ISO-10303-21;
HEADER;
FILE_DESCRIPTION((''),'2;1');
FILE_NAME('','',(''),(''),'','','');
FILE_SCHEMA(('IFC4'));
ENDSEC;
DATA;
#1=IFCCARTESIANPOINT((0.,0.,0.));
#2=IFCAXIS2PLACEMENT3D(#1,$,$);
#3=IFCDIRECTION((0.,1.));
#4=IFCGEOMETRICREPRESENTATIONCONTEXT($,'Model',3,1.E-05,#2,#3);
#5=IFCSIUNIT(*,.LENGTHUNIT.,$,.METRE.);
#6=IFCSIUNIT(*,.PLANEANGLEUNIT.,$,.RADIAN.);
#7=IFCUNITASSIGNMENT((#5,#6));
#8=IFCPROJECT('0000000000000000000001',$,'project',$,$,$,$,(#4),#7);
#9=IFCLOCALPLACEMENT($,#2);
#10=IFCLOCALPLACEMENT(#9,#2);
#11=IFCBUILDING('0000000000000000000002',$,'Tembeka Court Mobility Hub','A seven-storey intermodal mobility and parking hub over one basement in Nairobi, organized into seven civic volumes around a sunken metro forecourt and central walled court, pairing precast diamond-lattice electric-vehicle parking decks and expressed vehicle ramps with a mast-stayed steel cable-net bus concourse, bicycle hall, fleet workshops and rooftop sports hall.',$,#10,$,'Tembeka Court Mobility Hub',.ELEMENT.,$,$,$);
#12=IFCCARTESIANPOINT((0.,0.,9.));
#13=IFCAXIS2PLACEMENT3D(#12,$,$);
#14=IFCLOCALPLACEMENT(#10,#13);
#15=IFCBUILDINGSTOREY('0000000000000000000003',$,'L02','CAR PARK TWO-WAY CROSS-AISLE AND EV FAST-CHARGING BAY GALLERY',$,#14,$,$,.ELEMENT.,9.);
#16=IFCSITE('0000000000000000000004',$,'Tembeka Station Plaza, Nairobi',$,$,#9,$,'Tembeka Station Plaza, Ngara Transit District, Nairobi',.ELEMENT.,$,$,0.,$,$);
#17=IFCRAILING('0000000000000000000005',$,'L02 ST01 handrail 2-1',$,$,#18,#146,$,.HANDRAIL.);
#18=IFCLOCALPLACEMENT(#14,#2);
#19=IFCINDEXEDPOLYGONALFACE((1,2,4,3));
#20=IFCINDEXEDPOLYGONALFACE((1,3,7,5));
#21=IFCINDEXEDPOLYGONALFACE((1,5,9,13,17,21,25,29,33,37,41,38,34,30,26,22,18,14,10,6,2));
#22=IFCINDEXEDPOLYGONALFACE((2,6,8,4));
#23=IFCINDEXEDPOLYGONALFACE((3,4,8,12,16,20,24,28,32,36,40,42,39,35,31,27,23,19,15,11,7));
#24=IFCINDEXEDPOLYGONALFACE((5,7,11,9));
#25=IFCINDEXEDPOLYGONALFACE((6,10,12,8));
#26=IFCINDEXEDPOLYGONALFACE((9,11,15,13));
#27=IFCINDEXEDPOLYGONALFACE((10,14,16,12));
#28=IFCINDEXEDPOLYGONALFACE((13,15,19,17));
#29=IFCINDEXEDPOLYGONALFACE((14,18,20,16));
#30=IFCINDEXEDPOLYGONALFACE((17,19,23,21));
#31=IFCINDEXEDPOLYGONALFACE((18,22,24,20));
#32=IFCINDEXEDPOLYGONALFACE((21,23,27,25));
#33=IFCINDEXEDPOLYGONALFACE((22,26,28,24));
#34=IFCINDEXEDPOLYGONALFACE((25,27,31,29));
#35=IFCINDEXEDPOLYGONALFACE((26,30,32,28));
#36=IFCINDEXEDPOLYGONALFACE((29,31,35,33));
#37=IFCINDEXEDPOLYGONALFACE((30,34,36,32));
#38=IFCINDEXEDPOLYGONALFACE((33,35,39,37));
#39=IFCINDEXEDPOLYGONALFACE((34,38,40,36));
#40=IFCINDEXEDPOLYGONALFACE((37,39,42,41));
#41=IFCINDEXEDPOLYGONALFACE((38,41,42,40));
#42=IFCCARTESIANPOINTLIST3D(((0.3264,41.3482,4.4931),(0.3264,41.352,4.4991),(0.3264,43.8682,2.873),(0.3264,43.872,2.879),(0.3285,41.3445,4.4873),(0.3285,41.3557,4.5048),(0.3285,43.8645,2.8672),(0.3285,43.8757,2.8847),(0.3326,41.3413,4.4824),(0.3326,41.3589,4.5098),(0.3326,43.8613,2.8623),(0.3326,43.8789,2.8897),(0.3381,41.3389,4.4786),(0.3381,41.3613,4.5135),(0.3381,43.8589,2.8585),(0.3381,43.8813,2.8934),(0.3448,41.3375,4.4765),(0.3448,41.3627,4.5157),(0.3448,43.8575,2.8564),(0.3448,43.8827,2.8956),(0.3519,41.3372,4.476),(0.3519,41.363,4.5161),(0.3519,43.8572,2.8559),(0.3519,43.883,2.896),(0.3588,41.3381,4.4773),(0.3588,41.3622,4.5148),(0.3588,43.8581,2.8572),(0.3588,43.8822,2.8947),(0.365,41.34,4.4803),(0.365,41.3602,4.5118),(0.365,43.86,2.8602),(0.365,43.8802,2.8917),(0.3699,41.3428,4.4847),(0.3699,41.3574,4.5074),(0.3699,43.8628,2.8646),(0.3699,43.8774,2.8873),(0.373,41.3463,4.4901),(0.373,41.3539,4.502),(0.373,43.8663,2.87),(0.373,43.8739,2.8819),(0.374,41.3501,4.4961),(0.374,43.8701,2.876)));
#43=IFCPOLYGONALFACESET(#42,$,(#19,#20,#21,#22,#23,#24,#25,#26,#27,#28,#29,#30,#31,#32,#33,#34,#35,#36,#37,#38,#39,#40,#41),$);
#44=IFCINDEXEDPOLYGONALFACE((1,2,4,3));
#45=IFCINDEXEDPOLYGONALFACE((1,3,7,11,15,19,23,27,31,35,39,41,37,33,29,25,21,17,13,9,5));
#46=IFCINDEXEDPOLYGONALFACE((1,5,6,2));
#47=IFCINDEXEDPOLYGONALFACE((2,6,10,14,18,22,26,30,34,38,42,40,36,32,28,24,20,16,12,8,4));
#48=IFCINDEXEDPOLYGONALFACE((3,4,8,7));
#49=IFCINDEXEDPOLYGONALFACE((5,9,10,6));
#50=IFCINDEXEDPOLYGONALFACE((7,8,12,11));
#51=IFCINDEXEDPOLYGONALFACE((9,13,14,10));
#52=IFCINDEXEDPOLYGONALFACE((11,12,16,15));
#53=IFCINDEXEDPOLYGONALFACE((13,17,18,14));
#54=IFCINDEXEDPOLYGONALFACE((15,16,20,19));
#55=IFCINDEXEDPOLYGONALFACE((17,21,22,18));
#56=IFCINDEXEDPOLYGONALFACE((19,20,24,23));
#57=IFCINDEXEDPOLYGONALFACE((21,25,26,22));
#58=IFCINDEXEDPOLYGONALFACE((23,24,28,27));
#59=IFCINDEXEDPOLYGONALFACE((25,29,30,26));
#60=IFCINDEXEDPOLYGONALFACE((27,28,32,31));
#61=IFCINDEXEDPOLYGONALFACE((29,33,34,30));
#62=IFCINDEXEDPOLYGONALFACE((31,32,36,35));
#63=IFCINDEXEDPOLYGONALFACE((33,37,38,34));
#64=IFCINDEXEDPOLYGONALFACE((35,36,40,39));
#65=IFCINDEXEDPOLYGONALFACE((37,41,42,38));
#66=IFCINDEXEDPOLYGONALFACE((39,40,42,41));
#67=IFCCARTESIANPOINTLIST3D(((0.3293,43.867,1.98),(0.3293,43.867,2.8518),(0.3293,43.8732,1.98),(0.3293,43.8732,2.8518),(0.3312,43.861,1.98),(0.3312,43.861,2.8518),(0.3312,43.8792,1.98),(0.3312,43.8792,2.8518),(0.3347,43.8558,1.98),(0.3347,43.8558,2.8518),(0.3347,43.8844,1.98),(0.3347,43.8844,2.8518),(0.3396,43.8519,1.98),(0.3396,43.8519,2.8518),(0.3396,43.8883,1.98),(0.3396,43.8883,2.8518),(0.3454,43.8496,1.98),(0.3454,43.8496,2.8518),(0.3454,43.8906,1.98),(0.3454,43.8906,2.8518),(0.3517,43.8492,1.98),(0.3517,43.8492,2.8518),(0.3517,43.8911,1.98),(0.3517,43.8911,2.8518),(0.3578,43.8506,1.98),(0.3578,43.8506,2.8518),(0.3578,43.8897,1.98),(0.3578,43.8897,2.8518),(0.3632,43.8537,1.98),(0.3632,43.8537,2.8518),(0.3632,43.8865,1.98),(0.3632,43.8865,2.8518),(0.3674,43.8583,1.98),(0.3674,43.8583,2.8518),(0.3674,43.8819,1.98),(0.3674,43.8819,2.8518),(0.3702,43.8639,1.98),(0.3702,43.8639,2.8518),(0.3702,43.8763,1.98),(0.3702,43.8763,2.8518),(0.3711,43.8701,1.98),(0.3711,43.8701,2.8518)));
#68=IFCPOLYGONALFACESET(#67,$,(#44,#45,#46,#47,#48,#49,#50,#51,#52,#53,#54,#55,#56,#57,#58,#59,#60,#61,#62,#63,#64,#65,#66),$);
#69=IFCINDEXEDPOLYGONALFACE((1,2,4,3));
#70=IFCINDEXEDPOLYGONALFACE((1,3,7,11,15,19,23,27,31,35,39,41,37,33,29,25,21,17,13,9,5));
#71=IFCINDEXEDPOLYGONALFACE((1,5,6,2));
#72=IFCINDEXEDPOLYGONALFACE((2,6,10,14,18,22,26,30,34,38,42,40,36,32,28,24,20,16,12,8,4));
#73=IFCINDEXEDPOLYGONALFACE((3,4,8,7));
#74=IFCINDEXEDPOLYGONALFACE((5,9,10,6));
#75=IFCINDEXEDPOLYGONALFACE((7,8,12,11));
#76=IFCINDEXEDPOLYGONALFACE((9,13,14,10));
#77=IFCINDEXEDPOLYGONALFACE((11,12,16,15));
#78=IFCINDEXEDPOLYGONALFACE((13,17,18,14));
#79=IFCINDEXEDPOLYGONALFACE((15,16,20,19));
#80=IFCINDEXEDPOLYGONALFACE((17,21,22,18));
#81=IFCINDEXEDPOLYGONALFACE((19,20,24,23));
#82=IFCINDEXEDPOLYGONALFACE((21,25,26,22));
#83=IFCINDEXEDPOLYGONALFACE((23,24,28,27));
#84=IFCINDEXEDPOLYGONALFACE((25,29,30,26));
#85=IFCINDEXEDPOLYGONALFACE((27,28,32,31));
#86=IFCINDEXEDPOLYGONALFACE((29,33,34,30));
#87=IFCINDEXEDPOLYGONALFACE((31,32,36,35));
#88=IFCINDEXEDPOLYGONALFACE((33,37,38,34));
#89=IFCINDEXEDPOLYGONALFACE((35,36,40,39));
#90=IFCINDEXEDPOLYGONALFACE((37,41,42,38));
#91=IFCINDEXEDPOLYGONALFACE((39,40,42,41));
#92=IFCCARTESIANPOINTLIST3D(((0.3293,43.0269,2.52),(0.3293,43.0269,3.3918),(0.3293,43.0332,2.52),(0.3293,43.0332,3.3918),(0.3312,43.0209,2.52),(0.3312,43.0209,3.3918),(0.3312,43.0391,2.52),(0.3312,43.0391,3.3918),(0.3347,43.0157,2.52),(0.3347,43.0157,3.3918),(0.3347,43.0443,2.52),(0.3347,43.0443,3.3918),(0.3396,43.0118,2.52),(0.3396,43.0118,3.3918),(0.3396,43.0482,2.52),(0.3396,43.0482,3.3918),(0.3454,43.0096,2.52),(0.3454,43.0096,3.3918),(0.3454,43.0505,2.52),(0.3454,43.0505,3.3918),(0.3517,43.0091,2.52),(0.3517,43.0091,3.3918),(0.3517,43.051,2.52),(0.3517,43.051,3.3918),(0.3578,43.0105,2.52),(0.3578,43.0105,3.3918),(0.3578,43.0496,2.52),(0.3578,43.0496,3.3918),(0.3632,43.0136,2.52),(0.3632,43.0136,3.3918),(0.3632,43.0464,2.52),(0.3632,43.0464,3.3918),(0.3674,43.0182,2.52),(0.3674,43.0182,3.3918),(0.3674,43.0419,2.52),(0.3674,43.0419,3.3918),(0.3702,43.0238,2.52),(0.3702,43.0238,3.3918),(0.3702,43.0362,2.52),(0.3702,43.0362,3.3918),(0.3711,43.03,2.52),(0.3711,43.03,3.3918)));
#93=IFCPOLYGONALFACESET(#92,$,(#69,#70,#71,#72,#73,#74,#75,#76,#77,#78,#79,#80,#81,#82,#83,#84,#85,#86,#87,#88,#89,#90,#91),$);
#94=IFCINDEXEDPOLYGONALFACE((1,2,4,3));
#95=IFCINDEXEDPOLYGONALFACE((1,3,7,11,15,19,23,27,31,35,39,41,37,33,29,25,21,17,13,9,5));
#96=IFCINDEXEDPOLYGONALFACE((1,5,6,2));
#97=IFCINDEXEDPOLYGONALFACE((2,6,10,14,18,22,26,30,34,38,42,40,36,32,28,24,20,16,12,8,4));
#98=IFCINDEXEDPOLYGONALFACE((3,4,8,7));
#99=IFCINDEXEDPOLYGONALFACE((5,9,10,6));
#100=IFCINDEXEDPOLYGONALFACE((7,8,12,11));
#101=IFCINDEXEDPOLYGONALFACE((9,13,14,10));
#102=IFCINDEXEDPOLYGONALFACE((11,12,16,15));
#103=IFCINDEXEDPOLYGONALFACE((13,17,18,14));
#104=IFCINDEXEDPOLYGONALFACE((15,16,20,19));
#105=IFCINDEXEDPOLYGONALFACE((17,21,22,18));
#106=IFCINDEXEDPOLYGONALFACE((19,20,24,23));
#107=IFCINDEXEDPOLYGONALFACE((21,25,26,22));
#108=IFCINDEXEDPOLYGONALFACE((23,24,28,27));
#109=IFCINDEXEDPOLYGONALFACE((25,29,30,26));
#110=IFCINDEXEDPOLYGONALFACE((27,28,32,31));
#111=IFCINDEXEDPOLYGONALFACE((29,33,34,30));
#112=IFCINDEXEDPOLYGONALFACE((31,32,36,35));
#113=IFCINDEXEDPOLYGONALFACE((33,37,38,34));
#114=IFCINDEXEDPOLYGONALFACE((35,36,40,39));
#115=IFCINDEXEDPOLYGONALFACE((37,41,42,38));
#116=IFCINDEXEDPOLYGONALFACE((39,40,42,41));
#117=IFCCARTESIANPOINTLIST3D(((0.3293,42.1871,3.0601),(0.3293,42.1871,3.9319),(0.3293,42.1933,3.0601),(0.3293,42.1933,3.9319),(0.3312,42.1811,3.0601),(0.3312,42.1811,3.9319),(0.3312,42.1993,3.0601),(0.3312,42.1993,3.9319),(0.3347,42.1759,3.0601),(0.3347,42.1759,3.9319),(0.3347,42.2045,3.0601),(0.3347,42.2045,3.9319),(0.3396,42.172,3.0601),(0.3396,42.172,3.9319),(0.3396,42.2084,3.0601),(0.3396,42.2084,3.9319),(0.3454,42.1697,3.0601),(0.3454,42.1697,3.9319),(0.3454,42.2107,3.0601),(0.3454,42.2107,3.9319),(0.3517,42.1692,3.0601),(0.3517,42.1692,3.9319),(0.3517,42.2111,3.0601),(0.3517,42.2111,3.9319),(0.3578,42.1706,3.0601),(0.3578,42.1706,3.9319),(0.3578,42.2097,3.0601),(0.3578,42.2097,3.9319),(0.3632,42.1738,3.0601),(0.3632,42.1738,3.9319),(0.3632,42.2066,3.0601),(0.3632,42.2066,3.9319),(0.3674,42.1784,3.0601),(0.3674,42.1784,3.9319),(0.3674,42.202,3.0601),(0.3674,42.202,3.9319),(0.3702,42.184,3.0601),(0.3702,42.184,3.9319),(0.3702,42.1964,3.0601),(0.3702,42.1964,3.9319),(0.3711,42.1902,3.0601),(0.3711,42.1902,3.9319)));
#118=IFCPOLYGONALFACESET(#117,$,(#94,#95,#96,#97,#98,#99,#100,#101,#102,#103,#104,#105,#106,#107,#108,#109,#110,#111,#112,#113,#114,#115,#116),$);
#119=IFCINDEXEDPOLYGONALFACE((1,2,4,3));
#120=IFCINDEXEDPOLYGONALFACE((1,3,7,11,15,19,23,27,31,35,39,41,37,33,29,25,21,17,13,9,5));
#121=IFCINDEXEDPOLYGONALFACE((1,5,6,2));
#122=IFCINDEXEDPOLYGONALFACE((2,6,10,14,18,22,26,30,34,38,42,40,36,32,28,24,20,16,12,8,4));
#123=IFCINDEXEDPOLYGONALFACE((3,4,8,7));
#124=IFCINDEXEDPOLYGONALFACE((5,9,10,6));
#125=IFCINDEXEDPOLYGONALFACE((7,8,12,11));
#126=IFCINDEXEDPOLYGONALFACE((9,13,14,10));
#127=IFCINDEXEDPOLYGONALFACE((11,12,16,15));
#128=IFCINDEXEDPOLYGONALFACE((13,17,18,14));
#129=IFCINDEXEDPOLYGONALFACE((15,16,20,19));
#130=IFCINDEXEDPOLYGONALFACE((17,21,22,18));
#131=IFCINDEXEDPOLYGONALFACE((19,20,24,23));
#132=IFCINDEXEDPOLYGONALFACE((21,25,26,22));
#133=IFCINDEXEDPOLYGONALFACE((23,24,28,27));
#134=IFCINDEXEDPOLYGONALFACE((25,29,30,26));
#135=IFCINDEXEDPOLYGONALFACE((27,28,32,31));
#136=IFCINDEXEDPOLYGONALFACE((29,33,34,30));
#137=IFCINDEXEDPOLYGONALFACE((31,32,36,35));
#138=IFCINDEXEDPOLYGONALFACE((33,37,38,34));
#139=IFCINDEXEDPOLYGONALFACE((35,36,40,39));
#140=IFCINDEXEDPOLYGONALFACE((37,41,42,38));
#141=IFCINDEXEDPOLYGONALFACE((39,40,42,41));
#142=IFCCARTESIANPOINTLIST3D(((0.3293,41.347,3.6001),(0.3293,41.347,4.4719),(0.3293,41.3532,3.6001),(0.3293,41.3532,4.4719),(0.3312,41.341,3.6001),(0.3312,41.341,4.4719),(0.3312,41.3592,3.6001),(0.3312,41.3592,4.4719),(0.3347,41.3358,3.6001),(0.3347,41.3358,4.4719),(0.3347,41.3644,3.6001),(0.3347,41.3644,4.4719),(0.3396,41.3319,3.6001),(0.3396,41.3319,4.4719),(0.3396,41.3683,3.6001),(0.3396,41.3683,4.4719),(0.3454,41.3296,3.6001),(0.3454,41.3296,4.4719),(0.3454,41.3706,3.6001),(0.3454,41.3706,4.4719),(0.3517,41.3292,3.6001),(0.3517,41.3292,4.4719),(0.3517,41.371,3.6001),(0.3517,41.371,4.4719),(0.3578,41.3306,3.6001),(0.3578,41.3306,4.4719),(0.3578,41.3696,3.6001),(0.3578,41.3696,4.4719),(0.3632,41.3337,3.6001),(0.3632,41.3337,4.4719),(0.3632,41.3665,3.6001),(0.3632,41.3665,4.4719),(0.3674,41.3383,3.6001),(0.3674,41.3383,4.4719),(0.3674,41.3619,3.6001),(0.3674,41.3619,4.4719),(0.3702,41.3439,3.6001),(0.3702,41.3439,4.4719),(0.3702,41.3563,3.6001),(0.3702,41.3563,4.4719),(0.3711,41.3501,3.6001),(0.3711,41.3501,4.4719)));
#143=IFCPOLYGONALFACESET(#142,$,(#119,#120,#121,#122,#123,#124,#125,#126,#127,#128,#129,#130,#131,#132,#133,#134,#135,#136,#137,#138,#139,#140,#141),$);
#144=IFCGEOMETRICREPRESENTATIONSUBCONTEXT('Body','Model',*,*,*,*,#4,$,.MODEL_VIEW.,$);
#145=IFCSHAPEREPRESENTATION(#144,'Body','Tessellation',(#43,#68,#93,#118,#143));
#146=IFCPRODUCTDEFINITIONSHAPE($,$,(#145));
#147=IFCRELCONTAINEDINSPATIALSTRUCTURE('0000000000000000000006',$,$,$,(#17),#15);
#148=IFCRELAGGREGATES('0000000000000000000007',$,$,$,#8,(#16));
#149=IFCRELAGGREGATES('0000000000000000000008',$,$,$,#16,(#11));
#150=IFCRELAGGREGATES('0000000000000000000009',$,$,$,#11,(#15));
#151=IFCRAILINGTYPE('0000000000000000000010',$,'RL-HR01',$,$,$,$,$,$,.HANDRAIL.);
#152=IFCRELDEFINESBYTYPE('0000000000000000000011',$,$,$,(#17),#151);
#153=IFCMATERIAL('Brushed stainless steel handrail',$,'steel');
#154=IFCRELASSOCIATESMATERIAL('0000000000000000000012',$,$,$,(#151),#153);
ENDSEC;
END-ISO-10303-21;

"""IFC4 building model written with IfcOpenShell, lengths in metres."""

from ifc_helpers import new_model, si_unit, direction, frame, origin, origin_2d, place, context, subcontext, project, spatial, circle, extrude, material, type_object, element, save


model = new_model("IFC4")

# Units and contexts
model_context = context("Model", 3, precision=1e-05, world=origin(), true_north=direction((0.0, 1.0)))
body_context = subcontext(model_context, "Body", "Model", "MODEL_VIEW")
ifc_project = project(units=[si_unit("LENGTHUNIT", "METRE"), si_unit("PLANEANGLEUNIT", "RADIAN")], contexts=[model_context])

# Site, building, storey
site_placement = place(None, origin())
site = spatial("IfcSite", under=ifc_project, at=site_placement, Name="Tembeka Station Plaza, Nairobi", LongName="Tembeka Station Plaza, Ngara Transit District, Nairobi", CompositionType="ELEMENT", RefElevation=0.0)
building_placement = place(site_placement, origin())
building = spatial("IfcBuilding", under=site, at=building_placement, Name="Tembeka Court Mobility Hub", Description="A seven-storey intermodal mobility and parking hub over one basement in Nairobi, organized into seven civic volumes around a sunken metro forecourt and central walled court, pairing precast diamond-lattice electric-vehicle parking decks and expressed vehicle ramps with a mast-stayed steel cable-net bus concourse, bicycle hall, fleet workshops and rooftop sports hall.", LongName="Tembeka Court Mobility Hub", CompositionType="ELEMENT")
storey_placement = place(building_placement, frame((0.0, 0.0, 9.0)))
storey = spatial("IfcBuildingStorey", under=building, at=storey_placement, Name="L02", Description="CAR PARK TWO-WAY CROSS-AISLE AND EV FAST-CHARGING BAY GALLERY", CompositionType="ELEMENT", Elevation=9.0)

# Railing
ifc_material_1 = material(Name="Brushed stainless steel handrail", Category="steel")
railing_type_1 = type_object("IfcRailingType", Name="RL-HR01", PredefinedType="HANDRAIL", material=ifc_material_1)
railing_1_placement = place(storey_placement, frame((0.3501, 43.8701, 1.98)))
element("IfcRailing", 1, at=railing_1_placement, inside=storey, type_object=railing_type_1, Name="L02 ST01 handrail 2-1", PredefinedType="HANDRAIL", context=body_context, shape_type="SweptSolid", body=[
    extrude(circle(Radius=0.0239, at=origin_2d()), frame((0.0, 0.0, 0.896), z_axis=(0.0, -0.841163, 0.540782), x_axis=(1.0, 0.0, 0.0)), (0.0, 0.0, 1.0), 2.9958),
    extrude(circle(Radius=0.021, at=origin_2d()), origin(), (0.0, 0.0, 1.0), 0.8718),
    extrude(circle(Radius=0.021, at=origin_2d()), frame((0.0, -0.8401, 0.54)), (0.0, 0.0, 1.0), 0.8718),
    extrude(circle(Radius=0.021, at=origin_2d()), frame((0.0, -1.6799, 1.0801)), (0.0, 0.0, 1.0), 0.8718),
    extrude(circle(Radius=0.021, at=origin_2d()), frame((0.0, -2.52, 1.6201)), (0.0, 0.0, 1.0), 0.8718),
])

save(model, "model.ifc")
